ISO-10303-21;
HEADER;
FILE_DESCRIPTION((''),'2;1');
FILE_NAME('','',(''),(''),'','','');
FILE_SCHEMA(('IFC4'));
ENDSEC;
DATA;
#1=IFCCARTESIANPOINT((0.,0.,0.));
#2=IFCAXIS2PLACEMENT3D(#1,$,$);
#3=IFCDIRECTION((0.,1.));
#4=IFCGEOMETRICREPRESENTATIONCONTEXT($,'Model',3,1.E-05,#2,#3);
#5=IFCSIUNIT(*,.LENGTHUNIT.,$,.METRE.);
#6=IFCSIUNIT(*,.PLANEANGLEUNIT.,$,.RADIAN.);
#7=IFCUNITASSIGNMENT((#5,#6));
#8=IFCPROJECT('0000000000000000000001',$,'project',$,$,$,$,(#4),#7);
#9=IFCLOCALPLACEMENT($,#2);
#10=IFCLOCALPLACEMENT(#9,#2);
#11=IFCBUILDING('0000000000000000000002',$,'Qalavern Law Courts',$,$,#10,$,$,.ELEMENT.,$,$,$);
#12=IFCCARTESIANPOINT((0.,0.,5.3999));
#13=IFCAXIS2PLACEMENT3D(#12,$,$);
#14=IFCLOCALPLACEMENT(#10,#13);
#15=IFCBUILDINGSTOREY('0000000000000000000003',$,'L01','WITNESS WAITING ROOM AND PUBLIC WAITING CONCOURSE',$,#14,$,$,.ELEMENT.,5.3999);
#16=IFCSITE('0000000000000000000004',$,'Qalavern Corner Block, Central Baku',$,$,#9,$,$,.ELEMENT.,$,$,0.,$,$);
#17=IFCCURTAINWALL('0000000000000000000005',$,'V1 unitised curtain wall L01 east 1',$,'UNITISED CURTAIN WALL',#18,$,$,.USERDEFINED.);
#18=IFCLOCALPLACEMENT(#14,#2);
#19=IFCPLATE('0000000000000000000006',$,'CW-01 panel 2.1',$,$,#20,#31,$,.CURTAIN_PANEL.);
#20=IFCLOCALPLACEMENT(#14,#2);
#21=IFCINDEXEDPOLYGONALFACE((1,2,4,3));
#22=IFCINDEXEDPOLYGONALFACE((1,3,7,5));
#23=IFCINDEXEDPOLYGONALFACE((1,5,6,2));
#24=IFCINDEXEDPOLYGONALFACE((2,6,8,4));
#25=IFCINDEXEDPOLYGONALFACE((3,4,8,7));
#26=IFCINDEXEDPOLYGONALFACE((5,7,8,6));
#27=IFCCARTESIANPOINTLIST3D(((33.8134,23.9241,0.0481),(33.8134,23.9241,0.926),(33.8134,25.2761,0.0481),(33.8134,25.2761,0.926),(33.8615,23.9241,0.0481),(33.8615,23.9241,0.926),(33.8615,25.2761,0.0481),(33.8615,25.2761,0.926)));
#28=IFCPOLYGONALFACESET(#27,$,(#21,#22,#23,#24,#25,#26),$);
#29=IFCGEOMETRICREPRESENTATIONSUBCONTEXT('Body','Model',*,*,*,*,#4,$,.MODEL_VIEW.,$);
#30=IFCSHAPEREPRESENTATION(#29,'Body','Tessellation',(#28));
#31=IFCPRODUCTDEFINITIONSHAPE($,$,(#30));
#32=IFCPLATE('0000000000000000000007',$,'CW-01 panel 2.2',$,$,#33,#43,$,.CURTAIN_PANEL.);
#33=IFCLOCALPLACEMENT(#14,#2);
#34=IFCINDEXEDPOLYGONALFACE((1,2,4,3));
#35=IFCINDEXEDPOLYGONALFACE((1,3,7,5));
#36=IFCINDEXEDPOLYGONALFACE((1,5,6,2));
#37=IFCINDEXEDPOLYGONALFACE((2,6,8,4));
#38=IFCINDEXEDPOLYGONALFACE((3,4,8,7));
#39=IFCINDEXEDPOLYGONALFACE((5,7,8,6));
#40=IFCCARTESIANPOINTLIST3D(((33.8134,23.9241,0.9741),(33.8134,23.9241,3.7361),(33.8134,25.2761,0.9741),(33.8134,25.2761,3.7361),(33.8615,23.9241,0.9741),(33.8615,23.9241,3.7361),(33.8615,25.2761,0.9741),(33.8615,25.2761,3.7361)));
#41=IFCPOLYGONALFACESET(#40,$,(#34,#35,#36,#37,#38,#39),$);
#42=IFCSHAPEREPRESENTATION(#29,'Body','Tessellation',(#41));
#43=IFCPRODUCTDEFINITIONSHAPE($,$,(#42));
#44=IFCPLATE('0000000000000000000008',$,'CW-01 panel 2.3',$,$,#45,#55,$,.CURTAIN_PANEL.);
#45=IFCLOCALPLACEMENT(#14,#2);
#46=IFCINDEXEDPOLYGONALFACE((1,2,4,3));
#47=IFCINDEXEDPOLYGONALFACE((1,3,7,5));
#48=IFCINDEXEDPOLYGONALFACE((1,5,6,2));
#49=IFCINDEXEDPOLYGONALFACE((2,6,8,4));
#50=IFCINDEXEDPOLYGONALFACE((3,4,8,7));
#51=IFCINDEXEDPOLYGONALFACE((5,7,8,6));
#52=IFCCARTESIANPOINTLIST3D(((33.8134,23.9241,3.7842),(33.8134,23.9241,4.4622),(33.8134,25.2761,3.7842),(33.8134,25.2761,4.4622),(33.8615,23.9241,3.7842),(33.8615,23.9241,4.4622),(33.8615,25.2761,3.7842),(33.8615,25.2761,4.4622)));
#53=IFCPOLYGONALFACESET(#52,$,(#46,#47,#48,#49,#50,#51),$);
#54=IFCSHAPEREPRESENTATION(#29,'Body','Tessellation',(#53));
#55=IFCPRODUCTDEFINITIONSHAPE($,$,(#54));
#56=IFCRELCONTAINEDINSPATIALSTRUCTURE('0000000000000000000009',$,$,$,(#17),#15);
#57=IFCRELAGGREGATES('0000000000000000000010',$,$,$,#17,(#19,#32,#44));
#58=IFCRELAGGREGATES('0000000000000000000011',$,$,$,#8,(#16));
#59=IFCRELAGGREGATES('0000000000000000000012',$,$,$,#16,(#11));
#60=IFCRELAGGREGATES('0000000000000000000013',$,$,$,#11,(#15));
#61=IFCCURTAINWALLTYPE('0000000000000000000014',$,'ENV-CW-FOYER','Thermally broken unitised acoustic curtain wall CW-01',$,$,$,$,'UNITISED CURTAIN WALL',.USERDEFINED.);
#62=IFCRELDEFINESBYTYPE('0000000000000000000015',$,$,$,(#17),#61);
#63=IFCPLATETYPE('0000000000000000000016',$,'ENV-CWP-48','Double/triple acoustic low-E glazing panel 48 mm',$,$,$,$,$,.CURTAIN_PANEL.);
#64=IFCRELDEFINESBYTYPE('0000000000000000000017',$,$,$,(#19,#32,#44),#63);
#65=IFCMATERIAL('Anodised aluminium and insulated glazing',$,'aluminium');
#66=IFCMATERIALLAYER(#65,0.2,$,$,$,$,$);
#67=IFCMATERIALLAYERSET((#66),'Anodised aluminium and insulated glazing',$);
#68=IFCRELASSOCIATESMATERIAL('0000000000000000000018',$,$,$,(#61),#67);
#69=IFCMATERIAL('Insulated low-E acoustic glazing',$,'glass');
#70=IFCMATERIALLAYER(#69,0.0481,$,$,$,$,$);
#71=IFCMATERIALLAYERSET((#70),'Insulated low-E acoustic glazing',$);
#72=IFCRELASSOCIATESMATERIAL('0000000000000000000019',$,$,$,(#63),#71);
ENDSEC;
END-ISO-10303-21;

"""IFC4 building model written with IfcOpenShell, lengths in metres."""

from ifc_helpers import new_model, si_unit, direction, frame, origin, origin_2d, place, context, subcontext, project, spatial, rectangle, extrude, material, layer, layer_set, type_object, element, aggregate, save


model = new_model("IFC4")

# Units and contexts
model_context = context("Model", 3, precision=1e-05, world=origin(), true_north=direction((0.0, 1.0)))
body_context = subcontext(model_context, "Body", "Model", "MODEL_VIEW")
ifc_project = project(units=[si_unit("LENGTHUNIT", "METRE"), si_unit("PLANEANGLEUNIT", "RADIAN")], contexts=[model_context])

# Site, building, storey
site_placement = place(None, origin())
site = spatial("IfcSite", under=ifc_project, at=site_placement, Name="Qalavern Corner Block, Central Baku", CompositionType="ELEMENT", RefElevation=0.0)
building_placement = place(site_placement, origin())
building = spatial("IfcBuilding", under=site, at=building_placement, Name="Qalavern Law Courts", CompositionType="ELEMENT")
storey_placement = place(building_placement, frame((0.0, 0.0, 5.3999)))
storey = spatial("IfcBuildingStorey", under=building, at=storey_placement, Name="L01", Description="WITNESS WAITING ROOM AND PUBLIC WAITING CONCOURSE", CompositionType="ELEMENT", Elevation=5.3999)

# Curtain wall
ifc_material_1 = material(Name="Anodised aluminium and insulated glazing", Category="aluminium")
ifc_layer_1 = layer(ifc_material_1, 0.2)
ifc_layer_set_1 = layer_set([ifc_layer_1], Name="Anodised aluminium and insulated glazing")
curtain_wall_type = type_object("IfcCurtainWallType", Name="ENV-CW-FOYER", Description="Thermally broken unitised acoustic curtain wall CW-01", ElementType="UNITISED CURTAIN WALL", PredefinedType="USERDEFINED", material=ifc_layer_set_1)
curtain_wall_placement = place(storey_placement, origin())
curtain_wall = element("IfcCurtainWall", 1, at=curtain_wall_placement, inside=storey, type_object=curtain_wall_type, Name="V1 unitised curtain wall L01 east 1", ObjectType="UNITISED CURTAIN WALL", PredefinedType="USERDEFINED")

# Plates
ifc_material_2 = material(Name="Insulated low-E acoustic glazing", Category="glass")
ifc_layer_2 = layer(ifc_material_2, 0.0481)
ifc_layer_set_2 = layer_set([ifc_layer_2], Name="Insulated low-E acoustic glazing")
plate_type = type_object("IfcPlateType", Name="ENV-CWP-48", Description="Double/triple acoustic low-E glazing panel 48 mm", PredefinedType="CURTAIN_PANEL", material=ifc_layer_set_2)
plate_1_placement = place(storey_placement, frame((33.8374, 24.6001, 0.0481), z_axis=(0.0, 0.0, 1.0), x_axis=(0.0, 1.0, 0.0)))
plate_1 = element("IfcPlate", 2, at=plate_1_placement, type_object=plate_type, Name="CW-01 panel 2.1", PredefinedType="CURTAIN_PANEL", context=body_context, shape_type="SweptSolid", body=[
    extrude(rectangle(XDim=1.3521, YDim=0.0481, at=origin_2d()), origin(), (0.0, 0.0, 1.0), 0.8779),
])
plate_2_placement = place(storey_placement, frame((33.8374, 24.6001, 0.9741), z_axis=(0.0, 0.0, 1.0), x_axis=(0.0, 1.0, 0.0)))
plate_2 = element("IfcPlate", 3, at=plate_2_placement, type_object=plate_type, Name="CW-01 panel 2.2", PredefinedType="CURTAIN_PANEL", context=body_context, shape_type="SweptSolid", body=[
    extrude(rectangle(XDim=1.3521, YDim=0.0481, at=origin_2d()), origin(), (0.0, 0.0, 1.0), 2.762),
])
plate_3_placement = place(storey_placement, frame((33.8374, 24.6001, 3.7842), z_axis=(0.0, 0.0, 1.0), x_axis=(0.0, 1.0, 0.0)))
plate_3 = element("IfcPlate", 4, at=plate_3_placement, type_object=plate_type, Name="CW-01 panel 2.3", PredefinedType="CURTAIN_PANEL", context=body_context, shape_type="SweptSolid", body=[
    extrude(rectangle(XDim=1.3521, YDim=0.0481, at=origin_2d()), origin(), (0.0, 0.0, 1.0), 0.678),
])
aggregate(curtain_wall, [plate_1, plate_2, plate_3])

save(model, "model.ifc")
